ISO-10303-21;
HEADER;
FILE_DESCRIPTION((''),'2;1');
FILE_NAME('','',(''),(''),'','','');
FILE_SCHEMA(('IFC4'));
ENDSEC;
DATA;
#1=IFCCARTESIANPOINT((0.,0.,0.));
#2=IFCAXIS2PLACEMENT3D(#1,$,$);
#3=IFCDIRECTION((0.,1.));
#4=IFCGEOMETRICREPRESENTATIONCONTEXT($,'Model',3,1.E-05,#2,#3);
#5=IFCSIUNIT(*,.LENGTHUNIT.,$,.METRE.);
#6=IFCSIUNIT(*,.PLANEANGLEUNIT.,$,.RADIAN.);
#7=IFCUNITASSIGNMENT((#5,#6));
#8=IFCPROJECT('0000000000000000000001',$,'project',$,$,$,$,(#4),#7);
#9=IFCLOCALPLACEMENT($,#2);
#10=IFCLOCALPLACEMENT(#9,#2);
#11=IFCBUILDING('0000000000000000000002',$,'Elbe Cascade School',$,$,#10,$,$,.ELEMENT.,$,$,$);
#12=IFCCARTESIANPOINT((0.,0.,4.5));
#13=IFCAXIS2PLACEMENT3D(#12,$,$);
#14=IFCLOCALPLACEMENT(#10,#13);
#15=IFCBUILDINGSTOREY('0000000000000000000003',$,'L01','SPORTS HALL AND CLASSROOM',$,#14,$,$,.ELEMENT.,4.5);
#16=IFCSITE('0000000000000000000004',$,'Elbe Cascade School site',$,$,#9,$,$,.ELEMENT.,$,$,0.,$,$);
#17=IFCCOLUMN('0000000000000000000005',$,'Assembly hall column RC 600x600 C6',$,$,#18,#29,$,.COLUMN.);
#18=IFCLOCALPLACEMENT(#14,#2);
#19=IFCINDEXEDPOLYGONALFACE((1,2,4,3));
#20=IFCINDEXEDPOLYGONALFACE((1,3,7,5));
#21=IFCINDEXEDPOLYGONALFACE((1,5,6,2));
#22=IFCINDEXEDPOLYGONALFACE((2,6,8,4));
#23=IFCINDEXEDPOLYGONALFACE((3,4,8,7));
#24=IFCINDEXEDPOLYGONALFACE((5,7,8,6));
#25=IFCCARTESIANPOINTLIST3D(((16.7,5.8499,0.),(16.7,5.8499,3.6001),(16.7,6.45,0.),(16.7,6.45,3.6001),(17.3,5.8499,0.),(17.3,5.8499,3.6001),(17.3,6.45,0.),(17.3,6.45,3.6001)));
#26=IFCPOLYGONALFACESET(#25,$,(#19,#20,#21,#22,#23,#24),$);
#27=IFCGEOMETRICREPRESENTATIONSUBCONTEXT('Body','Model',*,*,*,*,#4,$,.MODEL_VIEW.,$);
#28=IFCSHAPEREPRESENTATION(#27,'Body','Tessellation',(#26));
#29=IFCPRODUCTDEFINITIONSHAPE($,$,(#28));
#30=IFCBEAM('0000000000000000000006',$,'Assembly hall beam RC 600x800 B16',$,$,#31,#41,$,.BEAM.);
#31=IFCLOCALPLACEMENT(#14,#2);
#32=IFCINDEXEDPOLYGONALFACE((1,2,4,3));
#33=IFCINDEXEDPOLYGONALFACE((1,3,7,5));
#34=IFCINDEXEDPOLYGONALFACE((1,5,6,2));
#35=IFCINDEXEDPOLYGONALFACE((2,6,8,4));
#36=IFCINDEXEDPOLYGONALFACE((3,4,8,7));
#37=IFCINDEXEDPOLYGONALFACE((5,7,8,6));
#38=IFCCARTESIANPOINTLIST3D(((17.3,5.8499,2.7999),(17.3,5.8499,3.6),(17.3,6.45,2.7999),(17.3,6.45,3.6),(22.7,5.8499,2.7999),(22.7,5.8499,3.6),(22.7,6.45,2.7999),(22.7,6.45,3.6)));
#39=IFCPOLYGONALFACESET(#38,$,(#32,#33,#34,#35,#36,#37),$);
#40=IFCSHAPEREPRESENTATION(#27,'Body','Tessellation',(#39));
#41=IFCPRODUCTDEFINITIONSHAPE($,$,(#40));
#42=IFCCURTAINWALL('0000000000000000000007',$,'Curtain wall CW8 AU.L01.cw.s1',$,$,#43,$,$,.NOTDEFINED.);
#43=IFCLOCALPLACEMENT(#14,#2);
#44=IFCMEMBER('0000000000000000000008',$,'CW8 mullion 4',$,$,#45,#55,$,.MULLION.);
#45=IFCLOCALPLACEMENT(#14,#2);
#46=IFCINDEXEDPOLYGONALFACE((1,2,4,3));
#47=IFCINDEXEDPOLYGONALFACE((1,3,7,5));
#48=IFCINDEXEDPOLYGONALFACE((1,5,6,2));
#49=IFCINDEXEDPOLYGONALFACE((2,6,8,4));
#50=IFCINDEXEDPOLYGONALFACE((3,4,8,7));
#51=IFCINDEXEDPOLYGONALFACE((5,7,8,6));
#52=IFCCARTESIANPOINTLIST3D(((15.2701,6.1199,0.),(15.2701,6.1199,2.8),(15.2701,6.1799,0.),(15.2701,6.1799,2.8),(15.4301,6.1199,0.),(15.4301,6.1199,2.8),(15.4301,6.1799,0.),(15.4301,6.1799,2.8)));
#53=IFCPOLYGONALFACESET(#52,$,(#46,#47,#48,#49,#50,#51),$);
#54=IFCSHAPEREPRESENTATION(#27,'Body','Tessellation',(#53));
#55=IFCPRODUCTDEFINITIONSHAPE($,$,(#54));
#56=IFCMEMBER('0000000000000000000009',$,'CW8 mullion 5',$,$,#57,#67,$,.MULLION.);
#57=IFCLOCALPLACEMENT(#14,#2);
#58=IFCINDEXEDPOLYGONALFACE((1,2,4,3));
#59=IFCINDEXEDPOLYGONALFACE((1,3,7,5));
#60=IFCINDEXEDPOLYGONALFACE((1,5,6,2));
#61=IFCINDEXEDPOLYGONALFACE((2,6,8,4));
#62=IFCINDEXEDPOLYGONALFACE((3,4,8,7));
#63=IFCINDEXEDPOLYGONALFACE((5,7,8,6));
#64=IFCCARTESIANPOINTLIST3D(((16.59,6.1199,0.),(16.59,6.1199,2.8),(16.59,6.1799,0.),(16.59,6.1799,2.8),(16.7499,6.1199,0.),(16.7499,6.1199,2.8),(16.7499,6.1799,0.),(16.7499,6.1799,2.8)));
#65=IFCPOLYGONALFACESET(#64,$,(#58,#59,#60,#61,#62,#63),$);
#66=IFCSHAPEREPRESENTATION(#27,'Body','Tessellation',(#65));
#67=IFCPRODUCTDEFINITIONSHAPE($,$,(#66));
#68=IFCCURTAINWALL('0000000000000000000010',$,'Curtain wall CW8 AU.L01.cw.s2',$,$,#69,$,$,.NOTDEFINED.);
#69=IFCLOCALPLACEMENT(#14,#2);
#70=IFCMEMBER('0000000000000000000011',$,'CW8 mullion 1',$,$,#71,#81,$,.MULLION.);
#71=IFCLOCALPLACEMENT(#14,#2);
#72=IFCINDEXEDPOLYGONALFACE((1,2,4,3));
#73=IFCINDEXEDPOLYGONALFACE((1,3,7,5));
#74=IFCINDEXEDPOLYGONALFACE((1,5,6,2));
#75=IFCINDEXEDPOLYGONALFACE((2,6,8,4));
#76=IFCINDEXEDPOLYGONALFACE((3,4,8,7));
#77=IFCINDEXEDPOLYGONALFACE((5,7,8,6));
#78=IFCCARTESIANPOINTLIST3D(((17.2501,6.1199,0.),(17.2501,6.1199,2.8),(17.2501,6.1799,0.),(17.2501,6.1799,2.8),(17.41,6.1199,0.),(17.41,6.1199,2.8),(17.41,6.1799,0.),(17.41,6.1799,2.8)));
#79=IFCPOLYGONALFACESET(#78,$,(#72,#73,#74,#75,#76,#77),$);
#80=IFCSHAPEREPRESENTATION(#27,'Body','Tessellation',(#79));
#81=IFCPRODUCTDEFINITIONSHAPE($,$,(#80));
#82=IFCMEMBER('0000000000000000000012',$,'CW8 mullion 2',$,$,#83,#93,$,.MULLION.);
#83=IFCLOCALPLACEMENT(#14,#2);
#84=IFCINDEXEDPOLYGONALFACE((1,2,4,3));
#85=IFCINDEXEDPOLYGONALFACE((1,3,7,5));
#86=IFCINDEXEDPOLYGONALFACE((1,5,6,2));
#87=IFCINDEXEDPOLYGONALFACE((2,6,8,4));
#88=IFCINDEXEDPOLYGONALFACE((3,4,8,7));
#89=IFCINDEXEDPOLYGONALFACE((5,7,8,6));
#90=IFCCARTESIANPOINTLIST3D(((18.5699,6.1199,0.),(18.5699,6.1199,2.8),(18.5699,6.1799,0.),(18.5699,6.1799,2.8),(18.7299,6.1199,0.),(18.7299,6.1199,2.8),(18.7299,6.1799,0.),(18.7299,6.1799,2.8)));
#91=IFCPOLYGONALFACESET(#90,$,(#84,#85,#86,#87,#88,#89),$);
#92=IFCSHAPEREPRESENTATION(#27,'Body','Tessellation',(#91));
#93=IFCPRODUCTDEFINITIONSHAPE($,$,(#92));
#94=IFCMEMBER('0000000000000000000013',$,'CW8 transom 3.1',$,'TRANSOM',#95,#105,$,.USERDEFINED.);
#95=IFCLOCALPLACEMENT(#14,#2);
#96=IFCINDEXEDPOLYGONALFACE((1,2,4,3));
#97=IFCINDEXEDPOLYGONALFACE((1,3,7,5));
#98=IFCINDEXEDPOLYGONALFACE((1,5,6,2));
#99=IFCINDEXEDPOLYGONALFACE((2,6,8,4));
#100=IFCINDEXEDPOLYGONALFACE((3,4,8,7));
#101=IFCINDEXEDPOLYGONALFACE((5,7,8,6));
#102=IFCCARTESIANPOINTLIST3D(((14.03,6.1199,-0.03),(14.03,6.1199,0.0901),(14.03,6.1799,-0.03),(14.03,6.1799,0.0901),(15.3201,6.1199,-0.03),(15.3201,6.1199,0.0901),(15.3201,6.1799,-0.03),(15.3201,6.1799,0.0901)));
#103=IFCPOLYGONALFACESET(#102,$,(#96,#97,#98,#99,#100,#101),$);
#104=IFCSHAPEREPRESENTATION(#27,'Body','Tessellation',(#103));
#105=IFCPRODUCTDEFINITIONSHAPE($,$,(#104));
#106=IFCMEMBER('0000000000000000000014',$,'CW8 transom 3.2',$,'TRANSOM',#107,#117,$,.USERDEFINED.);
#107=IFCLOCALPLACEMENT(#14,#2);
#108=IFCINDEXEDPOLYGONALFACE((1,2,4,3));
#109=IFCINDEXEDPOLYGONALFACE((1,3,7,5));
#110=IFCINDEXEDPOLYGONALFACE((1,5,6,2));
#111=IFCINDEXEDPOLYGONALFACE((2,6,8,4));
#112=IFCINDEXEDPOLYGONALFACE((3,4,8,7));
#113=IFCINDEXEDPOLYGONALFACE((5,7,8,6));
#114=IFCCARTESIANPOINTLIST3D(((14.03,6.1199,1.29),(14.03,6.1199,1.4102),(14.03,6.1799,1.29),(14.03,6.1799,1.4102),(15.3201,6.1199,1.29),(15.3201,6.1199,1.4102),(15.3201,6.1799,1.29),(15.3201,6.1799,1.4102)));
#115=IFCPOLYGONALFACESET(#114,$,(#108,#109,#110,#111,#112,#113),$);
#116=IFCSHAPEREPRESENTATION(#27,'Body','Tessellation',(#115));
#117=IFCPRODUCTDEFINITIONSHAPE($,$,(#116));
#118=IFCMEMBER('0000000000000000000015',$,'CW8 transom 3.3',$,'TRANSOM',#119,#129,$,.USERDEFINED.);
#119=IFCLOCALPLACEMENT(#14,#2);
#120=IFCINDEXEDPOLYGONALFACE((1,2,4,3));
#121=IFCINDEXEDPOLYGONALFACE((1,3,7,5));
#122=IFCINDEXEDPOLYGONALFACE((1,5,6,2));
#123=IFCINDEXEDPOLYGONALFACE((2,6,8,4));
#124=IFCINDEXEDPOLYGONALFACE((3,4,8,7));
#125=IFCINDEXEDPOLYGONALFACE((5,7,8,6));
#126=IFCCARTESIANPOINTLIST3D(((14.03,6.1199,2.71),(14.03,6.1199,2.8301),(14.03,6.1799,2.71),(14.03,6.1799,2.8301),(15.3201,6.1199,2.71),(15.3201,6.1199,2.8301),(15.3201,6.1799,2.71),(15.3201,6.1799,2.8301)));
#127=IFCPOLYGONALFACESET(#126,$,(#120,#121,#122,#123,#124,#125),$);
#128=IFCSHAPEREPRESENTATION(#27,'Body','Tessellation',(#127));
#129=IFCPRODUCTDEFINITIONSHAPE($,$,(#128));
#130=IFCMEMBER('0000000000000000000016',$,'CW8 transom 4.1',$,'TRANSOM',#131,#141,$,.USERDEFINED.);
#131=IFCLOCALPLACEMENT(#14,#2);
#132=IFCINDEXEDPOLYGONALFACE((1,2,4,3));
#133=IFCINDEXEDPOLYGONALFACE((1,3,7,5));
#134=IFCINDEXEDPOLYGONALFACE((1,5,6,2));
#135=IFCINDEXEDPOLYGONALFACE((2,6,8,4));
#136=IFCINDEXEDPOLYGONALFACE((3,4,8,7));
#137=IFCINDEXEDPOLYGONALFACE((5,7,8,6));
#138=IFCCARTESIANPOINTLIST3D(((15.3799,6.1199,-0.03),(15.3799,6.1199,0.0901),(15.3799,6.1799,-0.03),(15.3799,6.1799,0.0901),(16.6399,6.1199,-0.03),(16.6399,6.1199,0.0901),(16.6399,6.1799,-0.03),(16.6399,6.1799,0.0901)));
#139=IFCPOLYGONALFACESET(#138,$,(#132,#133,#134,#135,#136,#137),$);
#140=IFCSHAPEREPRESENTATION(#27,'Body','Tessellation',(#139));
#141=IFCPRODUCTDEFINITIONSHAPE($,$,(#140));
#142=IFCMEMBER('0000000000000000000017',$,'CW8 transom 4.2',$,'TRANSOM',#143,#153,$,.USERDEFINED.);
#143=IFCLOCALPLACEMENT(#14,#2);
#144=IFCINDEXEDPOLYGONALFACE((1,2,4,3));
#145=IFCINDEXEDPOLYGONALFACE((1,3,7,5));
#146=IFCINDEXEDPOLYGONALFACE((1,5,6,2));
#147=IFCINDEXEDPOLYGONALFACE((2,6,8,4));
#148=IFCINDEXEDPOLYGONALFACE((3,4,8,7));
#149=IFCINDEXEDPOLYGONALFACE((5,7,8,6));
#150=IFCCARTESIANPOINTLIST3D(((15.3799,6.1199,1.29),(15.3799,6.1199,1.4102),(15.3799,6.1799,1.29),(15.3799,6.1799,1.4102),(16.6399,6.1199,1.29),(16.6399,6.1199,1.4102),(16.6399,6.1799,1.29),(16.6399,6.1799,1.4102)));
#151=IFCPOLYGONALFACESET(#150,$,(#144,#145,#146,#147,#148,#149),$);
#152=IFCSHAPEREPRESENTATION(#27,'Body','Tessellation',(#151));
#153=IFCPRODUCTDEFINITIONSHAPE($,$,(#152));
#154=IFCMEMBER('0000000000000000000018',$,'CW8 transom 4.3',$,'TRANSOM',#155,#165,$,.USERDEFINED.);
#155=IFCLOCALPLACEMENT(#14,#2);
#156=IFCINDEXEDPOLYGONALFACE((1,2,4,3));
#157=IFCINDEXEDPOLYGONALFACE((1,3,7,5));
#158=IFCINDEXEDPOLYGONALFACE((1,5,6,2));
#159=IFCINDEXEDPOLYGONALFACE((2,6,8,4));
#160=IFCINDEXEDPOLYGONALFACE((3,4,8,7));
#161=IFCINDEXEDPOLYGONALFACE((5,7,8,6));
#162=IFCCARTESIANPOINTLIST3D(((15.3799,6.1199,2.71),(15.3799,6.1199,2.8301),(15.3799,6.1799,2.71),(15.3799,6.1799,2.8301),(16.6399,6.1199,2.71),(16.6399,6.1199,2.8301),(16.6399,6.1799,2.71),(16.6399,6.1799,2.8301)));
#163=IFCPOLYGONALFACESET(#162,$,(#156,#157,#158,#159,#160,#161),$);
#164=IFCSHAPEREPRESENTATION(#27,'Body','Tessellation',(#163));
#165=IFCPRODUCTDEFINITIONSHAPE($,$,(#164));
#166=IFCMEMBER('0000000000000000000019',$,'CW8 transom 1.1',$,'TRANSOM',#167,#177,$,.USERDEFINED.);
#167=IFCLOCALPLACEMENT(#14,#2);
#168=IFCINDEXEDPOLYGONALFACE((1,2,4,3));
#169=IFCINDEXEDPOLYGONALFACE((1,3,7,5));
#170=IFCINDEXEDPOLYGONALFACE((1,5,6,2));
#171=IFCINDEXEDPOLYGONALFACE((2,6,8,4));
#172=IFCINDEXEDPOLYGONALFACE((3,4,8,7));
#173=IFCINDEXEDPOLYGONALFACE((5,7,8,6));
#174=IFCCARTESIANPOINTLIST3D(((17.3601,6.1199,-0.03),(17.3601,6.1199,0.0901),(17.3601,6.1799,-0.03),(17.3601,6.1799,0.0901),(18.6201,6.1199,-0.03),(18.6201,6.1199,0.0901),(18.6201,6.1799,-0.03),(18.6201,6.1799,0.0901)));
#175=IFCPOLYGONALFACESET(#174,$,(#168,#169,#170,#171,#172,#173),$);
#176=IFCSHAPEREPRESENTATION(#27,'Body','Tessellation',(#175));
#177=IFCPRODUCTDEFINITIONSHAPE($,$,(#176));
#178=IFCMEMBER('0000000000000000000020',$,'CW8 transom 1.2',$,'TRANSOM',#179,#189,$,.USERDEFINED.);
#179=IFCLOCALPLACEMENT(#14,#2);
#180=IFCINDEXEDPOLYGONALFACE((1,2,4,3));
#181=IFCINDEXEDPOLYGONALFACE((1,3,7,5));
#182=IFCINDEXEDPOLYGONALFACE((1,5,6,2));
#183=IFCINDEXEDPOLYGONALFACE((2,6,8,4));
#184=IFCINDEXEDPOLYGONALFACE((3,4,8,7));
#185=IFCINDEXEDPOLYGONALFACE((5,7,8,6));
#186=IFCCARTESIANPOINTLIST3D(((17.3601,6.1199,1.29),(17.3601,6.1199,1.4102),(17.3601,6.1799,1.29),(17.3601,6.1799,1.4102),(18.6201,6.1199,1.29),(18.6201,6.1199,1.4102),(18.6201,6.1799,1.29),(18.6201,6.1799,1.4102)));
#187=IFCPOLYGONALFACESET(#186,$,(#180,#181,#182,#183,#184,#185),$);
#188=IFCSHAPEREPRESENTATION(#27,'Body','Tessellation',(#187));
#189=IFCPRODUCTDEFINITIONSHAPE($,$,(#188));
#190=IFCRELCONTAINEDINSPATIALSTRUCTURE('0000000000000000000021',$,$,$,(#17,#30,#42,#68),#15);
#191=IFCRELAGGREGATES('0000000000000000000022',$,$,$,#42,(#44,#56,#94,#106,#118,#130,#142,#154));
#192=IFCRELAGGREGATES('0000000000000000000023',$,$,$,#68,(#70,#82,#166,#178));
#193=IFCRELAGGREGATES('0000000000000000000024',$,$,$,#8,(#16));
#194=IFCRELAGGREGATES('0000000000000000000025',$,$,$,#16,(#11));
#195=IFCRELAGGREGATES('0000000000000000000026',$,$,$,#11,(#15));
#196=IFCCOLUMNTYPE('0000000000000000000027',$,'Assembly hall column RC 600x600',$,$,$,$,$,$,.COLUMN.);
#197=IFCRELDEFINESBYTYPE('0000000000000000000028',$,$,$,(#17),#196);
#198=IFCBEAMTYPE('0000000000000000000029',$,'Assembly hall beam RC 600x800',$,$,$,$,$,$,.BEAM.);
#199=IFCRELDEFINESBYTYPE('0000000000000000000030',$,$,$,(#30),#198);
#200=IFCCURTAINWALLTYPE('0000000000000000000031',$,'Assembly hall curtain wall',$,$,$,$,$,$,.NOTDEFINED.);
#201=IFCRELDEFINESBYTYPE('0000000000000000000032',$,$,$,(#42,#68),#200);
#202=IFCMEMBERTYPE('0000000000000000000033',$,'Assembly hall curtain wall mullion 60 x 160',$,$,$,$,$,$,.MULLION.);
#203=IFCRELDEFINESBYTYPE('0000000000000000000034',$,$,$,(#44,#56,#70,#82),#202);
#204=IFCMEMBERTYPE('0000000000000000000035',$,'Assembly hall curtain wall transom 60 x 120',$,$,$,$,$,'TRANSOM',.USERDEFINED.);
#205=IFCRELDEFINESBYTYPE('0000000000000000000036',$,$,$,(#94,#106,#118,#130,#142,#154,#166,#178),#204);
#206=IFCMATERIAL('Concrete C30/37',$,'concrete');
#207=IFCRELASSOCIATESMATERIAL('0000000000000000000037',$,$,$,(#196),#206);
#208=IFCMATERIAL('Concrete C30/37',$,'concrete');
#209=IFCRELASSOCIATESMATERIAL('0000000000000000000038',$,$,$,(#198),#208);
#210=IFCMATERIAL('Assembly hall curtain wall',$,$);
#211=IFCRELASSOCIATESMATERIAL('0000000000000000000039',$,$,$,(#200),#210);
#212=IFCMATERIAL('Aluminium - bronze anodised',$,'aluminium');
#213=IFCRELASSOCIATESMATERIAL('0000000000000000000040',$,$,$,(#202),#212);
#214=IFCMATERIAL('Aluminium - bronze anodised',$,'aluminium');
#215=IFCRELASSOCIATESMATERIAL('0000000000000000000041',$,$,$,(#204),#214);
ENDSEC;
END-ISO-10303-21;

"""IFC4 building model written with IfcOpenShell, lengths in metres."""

from ifc_helpers import new_model, si_unit, direction, frame, origin, origin_2d, place, context, subcontext, project, spatial, rectangle, extrude, material, material_profile, profile_set, type_object, element, aggregate, save


model = new_model("IFC4")

# Units and contexts
model_context = context("Model", 3, precision=1e-05, world=origin(), true_north=direction((0.0, 1.0)))
body_context = subcontext(model_context, "Body", "Model", "MODEL_VIEW")
ifc_project = project(units=[si_unit("LENGTHUNIT", "METRE"), si_unit("PLANEANGLEUNIT", "RADIAN")], contexts=[model_context])

# Site, building, storey
site_placement = place(None, origin())
site = spatial("IfcSite", under=ifc_project, at=site_placement, Name="Elbe Cascade School site", CompositionType="ELEMENT", RefElevation=0.0)
building_placement = place(site_placement, origin())
building = spatial("IfcBuilding", under=site, at=building_placement, Name="Elbe Cascade School", CompositionType="ELEMENT")
storey_placement = place(building_placement, frame((0.0, 0.0, 4.5)))
storey = spatial("IfcBuildingStorey", under=building, at=storey_placement, Name="L01", Description="SPORTS HALL AND CLASSROOM", CompositionType="ELEMENT", Elevation=4.5)

# Column
ifc_material_1 = material(Name="Concrete C30/37", Category="concrete")
ifc_material_profile_1 = material_profile(ifc_material_1, rectangle(XDim=0.6001, YDim=0.6001, at=origin_2d()), Name="RC 600x600")
ifc_profile_set_1 = profile_set([ifc_material_profile_1], Name="Concrete C30/37")
column_type = type_object("IfcColumnType", Name="Assembly hall column RC 600x600", PredefinedType="COLUMN", material=ifc_profile_set_1)
column_placement = place(storey_placement, frame((17.0, 6.1499, 0.0), z_axis=(0.0, 0.0, 1.0), x_axis=(1.0, 0.0, 0.0)))
element("IfcColumn", 1, at=column_placement, inside=storey, type_object=column_type, Name="Assembly hall column RC 600x600 C6", PredefinedType="COLUMN", context=body_context, shape_type="SweptSolid", body=[
    extrude(rectangle(XDim=0.6001, YDim=0.6001, at=origin_2d()), origin(), (0.0, 0.0, 1.0), 3.6001),
])

# Beam
ifc_material_2 = material(Name="Concrete C30/37", Category="concrete")
ifc_material_profile_2 = material_profile(ifc_material_2, rectangle(XDim=0.6001, YDim=0.8, at=origin_2d()), Name="RC 600x800")
ifc_profile_set_2 = profile_set([ifc_material_profile_2], Name="Concrete C30/37")
beam_type = type_object("IfcBeamType", Name="Assembly hall beam RC 600x800", PredefinedType="BEAM", material=ifc_profile_set_2)
beam_placement = place(storey_placement, frame((17.3, 6.1499, 3.2), z_axis=(1.0, 0.0, 0.0), x_axis=(0.0, 1.0, 0.0)))
element("IfcBeam", 2, at=beam_placement, inside=storey, type_object=beam_type, Name="Assembly hall beam RC 600x800 B16", PredefinedType="BEAM", context=body_context, shape_type="SweptSolid", body=[
    extrude(rectangle(XDim=0.6001, YDim=0.8, at=origin_2d()), origin(), (0.0, 0.0, 1.0), 5.3999),
])

# Curtain walls, members
ifc_material_3 = material(Name="Assembly hall curtain wall")
curtain_wall_type = type_object("IfcCurtainWallType", Name="Assembly hall curtain wall", PredefinedType="NOTDEFINED", material=ifc_material_3)
curtain_wall_1_placement = place(storey_placement, origin())
curtain_wall_1 = element("IfcCurtainWall", 3, at=curtain_wall_1_placement, inside=storey, type_object=curtain_wall_type, Name="Curtain wall CW8 AU.L01.cw.s1", PredefinedType="NOTDEFINED")
ifc_material_4 = material(Name="Aluminium - bronze anodised", Category="aluminium")
ifc_material_profile_3 = material_profile(ifc_material_4, rectangle(XDim=0.0601, YDim=0.1599, at=origin_2d()), Name="RECT 60x160")
ifc_profile_set_3 = profile_set([ifc_material_profile_3], Name="Aluminium - bronze anodised")
member_type_1 = type_object("IfcMemberType", Name="Assembly hall curtain wall mullion 60 x 160", PredefinedType="MULLION", material=ifc_profile_set_3)
member_1_placement = place(storey_placement, frame((15.3501, 6.1499, 0.0), z_axis=(0.0, 0.0, 1.0), x_axis=(0.0, 1.0, 0.0)))
member_1 = element("IfcMember", 4, at=member_1_placement, type_object=member_type_1, Name="CW8 mullion 4", PredefinedType="MULLION", context=body_context, shape_type="SweptSolid", body=[
    extrude(rectangle(XDim=0.0601, YDim=0.1599, at=origin_2d()), origin(), (0.0, 0.0, 1.0), 2.8),
])
member_2_placement = place(storey_placement, frame((16.6699, 6.1499, 0.0), z_axis=(0.0, 0.0, 1.0), x_axis=(0.0, 1.0, 0.0)))
member_2 = element("IfcMember", 5, at=member_2_placement, type_object=member_type_1, Name="CW8 mullion 5", PredefinedType="MULLION", context=body_context, shape_type="SweptSolid", body=[
    extrude(rectangle(XDim=0.0601, YDim=0.1599, at=origin_2d()), origin(), (0.0, 0.0, 1.0), 2.8),
])
curtain_wall_2_placement = place(storey_placement, origin())
curtain_wall_2 = element("IfcCurtainWall", 6, at=curtain_wall_2_placement, inside=storey, type_object=curtain_wall_type, Name="Curtain wall CW8 AU.L01.cw.s2", PredefinedType="NOTDEFINED")
member_3_placement = place(storey_placement, frame((17.3301, 6.1499, 0.0), z_axis=(0.0, 0.0, 1.0), x_axis=(0.0, 1.0, 0.0)))
member_3 = element("IfcMember", 7, at=member_3_placement, type_object=member_type_1, Name="CW8 mullion 1", PredefinedType="MULLION", context=body_context, shape_type="SweptSolid", body=[
    extrude(rectangle(XDim=0.0601, YDim=0.1599, at=origin_2d()), origin(), (0.0, 0.0, 1.0), 2.8),
])
member_4_placement = place(storey_placement, frame((18.6499, 6.1499, 0.0), z_axis=(0.0, 0.0, 1.0), x_axis=(0.0, 1.0, 0.0)))
member_4 = element("IfcMember", 8, at=member_4_placement, type_object=member_type_1, Name="CW8 mullion 2", PredefinedType="MULLION", context=body_context, shape_type="SweptSolid", body=[
    extrude(rectangle(XDim=0.0601, YDim=0.1599, at=origin_2d()), origin(), (0.0, 0.0, 1.0), 2.8),
])

# Members
ifc_material_5 = material(Name="Aluminium - bronze anodised", Category="aluminium")
ifc_material_profile_4 = material_profile(ifc_material_5, rectangle(XDim=0.0601, YDim=0.1201, at=origin_2d()), Name="RECT 60x120")
ifc_profile_set_4 = profile_set([ifc_material_profile_4], Name="Aluminium - bronze anodised")
member_type_2 = type_object("IfcMemberType", Name="Assembly hall curtain wall transom 60 x 120", ElementType="TRANSOM", PredefinedType="USERDEFINED", material=ifc_profile_set_4)
member_5_placement = place(storey_placement, frame((14.03, 6.1499, 0.03), z_axis=(1.0, 0.0, 0.0), x_axis=(0.0, 1.0, 0.0)))
member_5 = element("IfcMember", 9, at=member_5_placement, type_object=member_type_2, Name="CW8 transom 3.1", ObjectType="TRANSOM", PredefinedType="USERDEFINED", context=body_context, shape_type="SweptSolid", body=[
    extrude(rectangle(XDim=0.0601, YDim=0.1201, at=origin_2d()), origin(), (0.0, 0.0, 1.0), 1.29),
])
member_6_placement = place(storey_placement, frame((14.03, 6.1499, 1.3501), z_axis=(1.0, 0.0, 0.0), x_axis=(0.0, 1.0, 0.0)))
member_6 = element("IfcMember", 10, at=member_6_placement, type_object=member_type_2, Name="CW8 transom 3.2", ObjectType="TRANSOM", PredefinedType="USERDEFINED", context=body_context, shape_type="SweptSolid", body=[
    extrude(rectangle(XDim=0.0601, YDim=0.1201, at=origin_2d()), origin(), (0.0, 0.0, 1.0), 1.29),
])
member_7_placement = place(storey_placement, frame((14.03, 6.1499, 2.77), z_axis=(1.0, 0.0, 0.0), x_axis=(0.0, 1.0, 0.0)))
member_7 = element("IfcMember", 11, at=member_7_placement, type_object=member_type_2, Name="CW8 transom 3.3", ObjectType="TRANSOM", PredefinedType="USERDEFINED", context=body_context, shape_type="SweptSolid", body=[
    extrude(rectangle(XDim=0.0601, YDim=0.1201, at=origin_2d()), origin(), (0.0, 0.0, 1.0), 1.29),
])
member_8_placement = place(storey_placement, frame((15.3799, 6.1499, 0.03), z_axis=(1.0, 0.0, 0.0), x_axis=(0.0, 1.0, 0.0)))
member_8 = element("IfcMember", 12, at=member_8_placement, type_object=member_type_2, Name="CW8 transom 4.1", ObjectType="TRANSOM", PredefinedType="USERDEFINED", context=body_context, shape_type="SweptSolid", body=[
    extrude(rectangle(XDim=0.0601, YDim=0.1201, at=origin_2d()), origin(), (0.0, 0.0, 1.0), 1.26),
])
member_9_placement = place(storey_placement, frame((15.3799, 6.1499, 1.3501), z_axis=(1.0, 0.0, 0.0), x_axis=(0.0, 1.0, 0.0)))
member_9 = element("IfcMember", 13, at=member_9_placement, type_object=member_type_2, Name="CW8 transom 4.2", ObjectType="TRANSOM", PredefinedType="USERDEFINED", context=body_context, shape_type="SweptSolid", body=[
    extrude(rectangle(XDim=0.0601, YDim=0.1201, at=origin_2d()), origin(), (0.0, 0.0, 1.0), 1.26),
])
member_10_placement = place(storey_placement, frame((15.3799, 6.1499, 2.77), z_axis=(1.0, 0.0, 0.0), x_axis=(0.0, 1.0, 0.0)))
member_10 = element("IfcMember", 14, at=member_10_placement, type_object=member_type_2, Name="CW8 transom 4.3", ObjectType="TRANSOM", PredefinedType="USERDEFINED", context=body_context, shape_type="SweptSolid", body=[
    extrude(rectangle(XDim=0.0601, YDim=0.1201, at=origin_2d()), origin(), (0.0, 0.0, 1.0), 1.26),
])
member_11_placement = place(storey_placement, frame((17.3601, 6.1499, 0.03), z_axis=(1.0, 0.0, 0.0), x_axis=(0.0, 1.0, 0.0)))
member_11 = element("IfcMember", 15, at=member_11_placement, type_object=member_type_2, Name="CW8 transom 1.1", ObjectType="TRANSOM", PredefinedType="USERDEFINED", context=body_context, shape_type="SweptSolid", body=[
    extrude(rectangle(XDim=0.0601, YDim=0.1201, at=origin_2d()), origin(), (0.0, 0.0, 1.0), 1.26),
])
member_12_placement = place(storey_placement, frame((17.3601, 6.1499, 1.3501), z_axis=(1.0, 0.0, 0.0), x_axis=(0.0, 1.0, 0.0)))
member_12 = element("IfcMember", 16, at=member_12_placement, type_object=member_type_2, Name="CW8 transom 1.2", ObjectType="TRANSOM", PredefinedType="USERDEFINED", context=body_context, shape_type="SweptSolid", body=[
    extrude(rectangle(XDim=0.0601, YDim=0.1201, at=origin_2d()), origin(), (0.0, 0.0, 1.0), 1.26),
])

aggregate(curtain_wall_1, [member_1, member_2, member_5, member_6, member_7, member_8, member_9, member_10])
aggregate(curtain_wall_2, [member_3, member_4, member_11, member_12])

save(model, "model.ifc")
